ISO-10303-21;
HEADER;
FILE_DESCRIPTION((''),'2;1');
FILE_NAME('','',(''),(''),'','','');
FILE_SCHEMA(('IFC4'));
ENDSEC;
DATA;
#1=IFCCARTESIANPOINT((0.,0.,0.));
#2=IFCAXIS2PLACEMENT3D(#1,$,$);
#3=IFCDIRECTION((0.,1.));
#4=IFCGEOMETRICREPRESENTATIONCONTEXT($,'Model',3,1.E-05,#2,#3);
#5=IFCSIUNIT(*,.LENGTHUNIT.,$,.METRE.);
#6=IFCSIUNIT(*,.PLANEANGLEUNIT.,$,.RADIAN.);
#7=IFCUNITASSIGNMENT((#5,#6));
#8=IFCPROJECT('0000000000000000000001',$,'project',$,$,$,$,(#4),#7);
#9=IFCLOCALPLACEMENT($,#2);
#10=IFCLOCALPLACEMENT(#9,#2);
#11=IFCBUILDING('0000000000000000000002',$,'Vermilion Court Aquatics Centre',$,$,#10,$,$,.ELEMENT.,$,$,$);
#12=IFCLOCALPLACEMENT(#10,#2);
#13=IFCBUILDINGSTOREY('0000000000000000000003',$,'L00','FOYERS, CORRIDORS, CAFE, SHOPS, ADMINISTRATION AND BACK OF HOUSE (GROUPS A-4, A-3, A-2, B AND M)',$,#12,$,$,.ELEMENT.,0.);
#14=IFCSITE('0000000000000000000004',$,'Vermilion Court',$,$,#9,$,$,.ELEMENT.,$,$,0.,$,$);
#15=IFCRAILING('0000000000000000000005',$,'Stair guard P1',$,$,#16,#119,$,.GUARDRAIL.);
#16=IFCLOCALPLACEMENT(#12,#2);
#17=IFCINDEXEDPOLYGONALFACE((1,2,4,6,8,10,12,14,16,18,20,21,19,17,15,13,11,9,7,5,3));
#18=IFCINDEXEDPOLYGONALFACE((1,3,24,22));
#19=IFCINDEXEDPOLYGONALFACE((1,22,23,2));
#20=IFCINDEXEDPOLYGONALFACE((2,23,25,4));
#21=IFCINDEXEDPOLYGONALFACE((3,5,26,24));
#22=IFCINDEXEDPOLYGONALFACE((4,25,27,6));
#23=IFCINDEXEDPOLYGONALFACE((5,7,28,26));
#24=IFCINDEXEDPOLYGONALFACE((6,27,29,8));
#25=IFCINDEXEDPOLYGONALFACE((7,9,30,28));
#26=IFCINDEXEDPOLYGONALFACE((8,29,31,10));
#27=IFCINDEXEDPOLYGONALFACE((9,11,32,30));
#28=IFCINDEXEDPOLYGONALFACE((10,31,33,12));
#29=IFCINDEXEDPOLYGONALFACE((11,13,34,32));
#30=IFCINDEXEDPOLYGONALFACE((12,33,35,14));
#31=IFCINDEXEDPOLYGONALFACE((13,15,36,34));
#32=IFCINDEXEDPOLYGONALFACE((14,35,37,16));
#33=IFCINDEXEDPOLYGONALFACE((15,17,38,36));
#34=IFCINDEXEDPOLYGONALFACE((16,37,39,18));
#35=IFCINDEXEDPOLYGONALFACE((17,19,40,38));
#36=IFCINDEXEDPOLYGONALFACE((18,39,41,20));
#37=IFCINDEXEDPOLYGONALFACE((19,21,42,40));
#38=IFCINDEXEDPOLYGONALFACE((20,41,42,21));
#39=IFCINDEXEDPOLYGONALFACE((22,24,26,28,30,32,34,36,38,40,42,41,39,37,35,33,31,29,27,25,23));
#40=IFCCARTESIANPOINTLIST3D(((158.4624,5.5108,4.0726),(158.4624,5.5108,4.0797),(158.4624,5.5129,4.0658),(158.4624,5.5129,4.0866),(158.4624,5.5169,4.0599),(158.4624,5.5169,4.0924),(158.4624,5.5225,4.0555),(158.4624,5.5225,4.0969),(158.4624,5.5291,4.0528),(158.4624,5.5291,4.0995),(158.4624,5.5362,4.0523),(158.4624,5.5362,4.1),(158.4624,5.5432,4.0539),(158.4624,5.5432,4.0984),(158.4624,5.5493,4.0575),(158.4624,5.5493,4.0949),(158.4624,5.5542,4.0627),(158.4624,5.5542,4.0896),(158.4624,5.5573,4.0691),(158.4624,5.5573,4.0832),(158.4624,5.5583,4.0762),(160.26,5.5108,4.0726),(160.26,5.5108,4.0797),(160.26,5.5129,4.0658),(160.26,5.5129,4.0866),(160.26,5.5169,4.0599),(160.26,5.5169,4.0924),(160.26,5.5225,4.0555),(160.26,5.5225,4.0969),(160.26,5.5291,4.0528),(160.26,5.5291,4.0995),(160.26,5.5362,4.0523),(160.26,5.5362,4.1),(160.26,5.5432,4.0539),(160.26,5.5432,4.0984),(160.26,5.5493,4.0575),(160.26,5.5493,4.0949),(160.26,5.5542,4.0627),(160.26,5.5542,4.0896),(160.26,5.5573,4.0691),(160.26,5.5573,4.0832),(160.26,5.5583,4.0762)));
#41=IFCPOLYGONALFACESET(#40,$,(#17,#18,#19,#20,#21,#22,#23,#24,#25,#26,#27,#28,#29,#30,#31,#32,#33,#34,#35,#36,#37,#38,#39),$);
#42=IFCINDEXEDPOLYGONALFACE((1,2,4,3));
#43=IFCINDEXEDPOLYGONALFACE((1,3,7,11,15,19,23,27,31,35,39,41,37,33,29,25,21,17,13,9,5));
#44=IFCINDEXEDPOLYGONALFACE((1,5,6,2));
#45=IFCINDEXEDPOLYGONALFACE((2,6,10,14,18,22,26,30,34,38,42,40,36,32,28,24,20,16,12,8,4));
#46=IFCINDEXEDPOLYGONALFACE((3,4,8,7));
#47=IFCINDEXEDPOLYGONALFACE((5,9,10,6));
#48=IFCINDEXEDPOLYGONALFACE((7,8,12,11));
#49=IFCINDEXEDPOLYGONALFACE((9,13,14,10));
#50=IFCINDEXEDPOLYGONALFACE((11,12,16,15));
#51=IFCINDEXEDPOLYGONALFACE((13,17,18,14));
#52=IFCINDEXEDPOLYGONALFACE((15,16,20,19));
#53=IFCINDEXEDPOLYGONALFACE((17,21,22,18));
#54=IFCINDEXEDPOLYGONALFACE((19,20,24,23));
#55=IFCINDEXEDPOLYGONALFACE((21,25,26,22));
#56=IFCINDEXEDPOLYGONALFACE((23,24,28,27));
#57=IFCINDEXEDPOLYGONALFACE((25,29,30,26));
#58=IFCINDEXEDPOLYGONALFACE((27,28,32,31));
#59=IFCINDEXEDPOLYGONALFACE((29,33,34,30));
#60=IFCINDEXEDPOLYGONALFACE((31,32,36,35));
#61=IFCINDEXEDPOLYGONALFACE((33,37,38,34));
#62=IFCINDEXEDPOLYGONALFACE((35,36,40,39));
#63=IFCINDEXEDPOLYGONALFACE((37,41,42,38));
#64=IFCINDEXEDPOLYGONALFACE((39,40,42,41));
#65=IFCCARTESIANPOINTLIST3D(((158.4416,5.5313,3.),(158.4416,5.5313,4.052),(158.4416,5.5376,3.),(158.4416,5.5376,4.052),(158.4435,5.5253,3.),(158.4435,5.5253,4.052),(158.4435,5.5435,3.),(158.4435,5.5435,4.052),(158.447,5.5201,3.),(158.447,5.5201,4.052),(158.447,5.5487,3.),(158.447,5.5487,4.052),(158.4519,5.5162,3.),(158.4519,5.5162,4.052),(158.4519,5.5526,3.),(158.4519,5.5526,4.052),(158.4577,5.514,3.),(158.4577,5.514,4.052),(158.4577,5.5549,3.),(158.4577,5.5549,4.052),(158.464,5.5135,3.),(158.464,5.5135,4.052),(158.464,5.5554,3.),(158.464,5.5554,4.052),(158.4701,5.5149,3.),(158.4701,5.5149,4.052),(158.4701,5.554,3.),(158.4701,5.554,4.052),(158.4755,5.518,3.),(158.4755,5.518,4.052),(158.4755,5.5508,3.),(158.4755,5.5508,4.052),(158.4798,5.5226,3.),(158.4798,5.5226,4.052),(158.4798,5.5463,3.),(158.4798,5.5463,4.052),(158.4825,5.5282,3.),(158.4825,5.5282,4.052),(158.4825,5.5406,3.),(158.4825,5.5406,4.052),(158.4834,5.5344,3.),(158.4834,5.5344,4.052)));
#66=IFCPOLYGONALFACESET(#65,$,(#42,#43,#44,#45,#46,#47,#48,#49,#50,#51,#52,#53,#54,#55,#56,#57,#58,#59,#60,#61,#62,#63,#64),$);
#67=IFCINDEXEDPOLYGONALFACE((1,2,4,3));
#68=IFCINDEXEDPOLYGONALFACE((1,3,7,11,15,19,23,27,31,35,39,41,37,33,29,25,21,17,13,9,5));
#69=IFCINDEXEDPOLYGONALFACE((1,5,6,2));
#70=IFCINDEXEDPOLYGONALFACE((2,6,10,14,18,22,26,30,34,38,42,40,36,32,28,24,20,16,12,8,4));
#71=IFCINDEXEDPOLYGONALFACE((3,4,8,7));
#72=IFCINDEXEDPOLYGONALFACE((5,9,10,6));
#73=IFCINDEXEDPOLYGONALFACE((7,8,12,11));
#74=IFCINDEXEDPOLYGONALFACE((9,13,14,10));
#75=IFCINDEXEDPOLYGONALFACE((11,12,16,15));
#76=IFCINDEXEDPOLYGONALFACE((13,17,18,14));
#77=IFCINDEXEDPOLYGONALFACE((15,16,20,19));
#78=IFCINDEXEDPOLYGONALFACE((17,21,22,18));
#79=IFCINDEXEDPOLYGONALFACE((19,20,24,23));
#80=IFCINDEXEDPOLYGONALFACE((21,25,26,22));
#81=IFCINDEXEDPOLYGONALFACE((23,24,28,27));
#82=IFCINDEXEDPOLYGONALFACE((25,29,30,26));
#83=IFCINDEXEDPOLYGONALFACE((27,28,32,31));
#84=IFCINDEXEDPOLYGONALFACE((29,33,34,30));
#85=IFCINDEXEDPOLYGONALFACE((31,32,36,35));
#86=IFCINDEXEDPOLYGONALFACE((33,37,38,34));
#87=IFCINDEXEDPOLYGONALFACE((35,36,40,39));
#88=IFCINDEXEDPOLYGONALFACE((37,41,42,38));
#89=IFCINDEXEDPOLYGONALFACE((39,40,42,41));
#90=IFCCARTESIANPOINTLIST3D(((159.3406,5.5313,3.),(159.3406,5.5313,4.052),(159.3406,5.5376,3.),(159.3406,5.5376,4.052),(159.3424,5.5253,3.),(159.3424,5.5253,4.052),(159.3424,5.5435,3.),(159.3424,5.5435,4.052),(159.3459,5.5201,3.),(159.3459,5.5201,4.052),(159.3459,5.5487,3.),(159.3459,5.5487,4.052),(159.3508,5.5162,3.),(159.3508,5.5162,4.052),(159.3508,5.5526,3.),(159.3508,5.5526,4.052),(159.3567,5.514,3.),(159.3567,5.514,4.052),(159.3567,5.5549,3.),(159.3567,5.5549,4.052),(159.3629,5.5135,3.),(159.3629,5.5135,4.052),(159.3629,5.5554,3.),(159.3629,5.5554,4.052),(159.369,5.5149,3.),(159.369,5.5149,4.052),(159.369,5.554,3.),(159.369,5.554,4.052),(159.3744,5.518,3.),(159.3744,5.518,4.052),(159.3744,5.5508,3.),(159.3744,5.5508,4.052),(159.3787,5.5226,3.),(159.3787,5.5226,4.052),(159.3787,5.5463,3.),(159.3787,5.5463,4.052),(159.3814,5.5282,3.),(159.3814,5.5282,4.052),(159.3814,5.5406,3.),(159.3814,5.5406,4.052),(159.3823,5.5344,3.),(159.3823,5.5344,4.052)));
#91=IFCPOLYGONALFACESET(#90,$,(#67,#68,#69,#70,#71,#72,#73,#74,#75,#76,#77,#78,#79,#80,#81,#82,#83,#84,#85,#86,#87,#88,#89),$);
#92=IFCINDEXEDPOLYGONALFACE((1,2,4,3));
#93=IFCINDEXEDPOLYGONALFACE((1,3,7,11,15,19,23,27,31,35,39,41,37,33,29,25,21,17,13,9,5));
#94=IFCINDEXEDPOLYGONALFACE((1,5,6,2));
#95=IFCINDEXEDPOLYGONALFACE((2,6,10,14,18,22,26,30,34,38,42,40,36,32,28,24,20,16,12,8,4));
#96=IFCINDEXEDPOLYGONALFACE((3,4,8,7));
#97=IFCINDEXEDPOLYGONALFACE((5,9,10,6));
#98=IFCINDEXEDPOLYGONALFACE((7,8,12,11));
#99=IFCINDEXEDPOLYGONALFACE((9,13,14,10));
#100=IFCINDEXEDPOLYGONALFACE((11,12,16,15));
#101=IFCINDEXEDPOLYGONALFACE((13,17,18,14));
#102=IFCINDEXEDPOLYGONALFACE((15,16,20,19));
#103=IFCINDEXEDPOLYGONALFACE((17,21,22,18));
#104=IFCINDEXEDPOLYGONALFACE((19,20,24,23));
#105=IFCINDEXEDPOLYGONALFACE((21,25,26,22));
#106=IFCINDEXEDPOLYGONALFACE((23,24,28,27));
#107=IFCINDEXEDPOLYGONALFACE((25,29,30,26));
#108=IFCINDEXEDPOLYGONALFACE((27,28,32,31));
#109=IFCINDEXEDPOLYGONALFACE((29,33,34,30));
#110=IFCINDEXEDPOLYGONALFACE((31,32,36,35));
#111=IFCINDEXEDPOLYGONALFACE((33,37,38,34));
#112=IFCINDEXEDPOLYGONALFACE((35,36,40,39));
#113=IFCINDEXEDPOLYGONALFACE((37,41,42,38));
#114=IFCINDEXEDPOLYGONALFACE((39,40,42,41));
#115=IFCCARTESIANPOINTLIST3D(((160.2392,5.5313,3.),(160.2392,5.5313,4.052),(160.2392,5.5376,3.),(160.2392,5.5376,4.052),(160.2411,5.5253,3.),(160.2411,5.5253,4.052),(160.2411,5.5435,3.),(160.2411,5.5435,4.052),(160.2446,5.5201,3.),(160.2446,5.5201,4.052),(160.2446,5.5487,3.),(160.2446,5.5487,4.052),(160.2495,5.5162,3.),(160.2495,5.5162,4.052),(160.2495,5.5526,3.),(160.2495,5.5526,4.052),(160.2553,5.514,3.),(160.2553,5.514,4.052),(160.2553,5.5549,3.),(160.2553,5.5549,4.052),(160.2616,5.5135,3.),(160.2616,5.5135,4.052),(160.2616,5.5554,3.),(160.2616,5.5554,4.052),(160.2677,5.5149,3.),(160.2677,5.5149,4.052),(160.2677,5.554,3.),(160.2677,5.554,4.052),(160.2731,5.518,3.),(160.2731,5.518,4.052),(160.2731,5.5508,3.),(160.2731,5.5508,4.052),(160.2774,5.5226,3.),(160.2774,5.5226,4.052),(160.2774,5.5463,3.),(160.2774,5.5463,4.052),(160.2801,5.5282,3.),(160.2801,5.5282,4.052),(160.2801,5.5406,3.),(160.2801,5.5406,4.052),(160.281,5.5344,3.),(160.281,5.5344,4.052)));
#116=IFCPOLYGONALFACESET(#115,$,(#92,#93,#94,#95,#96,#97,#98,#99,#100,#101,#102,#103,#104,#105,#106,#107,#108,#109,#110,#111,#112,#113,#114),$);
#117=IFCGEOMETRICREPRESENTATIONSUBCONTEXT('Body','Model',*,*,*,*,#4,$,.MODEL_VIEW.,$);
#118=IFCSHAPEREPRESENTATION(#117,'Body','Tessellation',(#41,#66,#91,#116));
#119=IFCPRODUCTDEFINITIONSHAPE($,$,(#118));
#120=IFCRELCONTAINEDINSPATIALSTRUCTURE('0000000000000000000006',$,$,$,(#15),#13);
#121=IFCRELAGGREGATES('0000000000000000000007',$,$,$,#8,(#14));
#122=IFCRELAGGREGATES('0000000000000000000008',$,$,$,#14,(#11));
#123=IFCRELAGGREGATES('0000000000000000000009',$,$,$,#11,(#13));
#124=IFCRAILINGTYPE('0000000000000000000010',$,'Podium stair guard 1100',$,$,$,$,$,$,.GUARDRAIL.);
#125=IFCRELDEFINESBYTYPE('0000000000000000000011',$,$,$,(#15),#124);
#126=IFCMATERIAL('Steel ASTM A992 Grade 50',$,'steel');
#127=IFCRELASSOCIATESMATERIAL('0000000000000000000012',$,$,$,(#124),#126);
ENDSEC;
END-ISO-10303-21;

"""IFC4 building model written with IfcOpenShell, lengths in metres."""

from ifc_helpers import new_model, si_unit, direction, frame, origin, origin_2d, place, context, subcontext, project, spatial, circle, extrude, material, type_object, element, save


model = new_model("IFC4")

# Units and contexts
model_context = context("Model", 3, precision=1e-05, world=origin(), true_north=direction((0.0, 1.0)))
body_context = subcontext(model_context, "Body", "Model", "MODEL_VIEW")
ifc_project = project(units=[si_unit("LENGTHUNIT", "METRE"), si_unit("PLANEANGLEUNIT", "RADIAN")], contexts=[model_context])

# Site, building, storey
site_placement = place(None, origin())
site = spatial("IfcSite", under=ifc_project, at=site_placement, Name="Vermilion Court", CompositionType="ELEMENT", RefElevation=0.0)
building_placement = place(site_placement, origin())
building = spatial("IfcBuilding", under=site, at=building_placement, Name="Vermilion Court Aquatics Centre", CompositionType="ELEMENT")
storey_placement = place(building_placement, origin())
storey = spatial("IfcBuildingStorey", under=building, at=storey_placement, Name="L00", Description="FOYERS, CORRIDORS, CAFE, SHOPS, ADMINISTRATION AND BACK OF HOUSE (GROUPS A-4, A-3, A-2, B AND M)", CompositionType="ELEMENT", Elevation=0.0)

# Railing
ifc_material_1 = material(Name="Steel ASTM A992 Grade 50", Category="steel")
railing_type_1 = type_object("IfcRailingType", Name="Podium stair guard 1100", PredefinedType="GUARDRAIL", material=ifc_material_1)
railing_1_placement = place(storey_placement, frame((158.4624, 5.5344, 3.0)))
element("IfcRailing", 1, at=railing_1_placement, inside=storey, type_object=railing_type_1, Name="Stair guard P1", PredefinedType="GUARDRAIL", context=body_context, shape_type="SweptSolid", body=[
    extrude(circle(Radius=0.0239, at=origin_2d()), frame((0.0, 0.0, 1.0762), z_axis=(1.0, 0.0, 0.0), x_axis=(0.0, 1.0, 0.0)), (0.0, 0.0, 1.0), 1.7976),
    extrude(circle(Radius=0.021, at=origin_2d()), origin(), (0.0, 0.0, 1.0), 1.052),
    extrude(circle(Radius=0.021, at=origin_2d()), frame((0.8989, 0.0, 0.0)), (0.0, 0.0, 1.0), 1.052),
    extrude(circle(Radius=0.021, at=origin_2d()), frame((1.7976, 0.0, 0.0)), (0.0, 0.0, 1.0), 1.052),
])

save(model, "model.ifc")
